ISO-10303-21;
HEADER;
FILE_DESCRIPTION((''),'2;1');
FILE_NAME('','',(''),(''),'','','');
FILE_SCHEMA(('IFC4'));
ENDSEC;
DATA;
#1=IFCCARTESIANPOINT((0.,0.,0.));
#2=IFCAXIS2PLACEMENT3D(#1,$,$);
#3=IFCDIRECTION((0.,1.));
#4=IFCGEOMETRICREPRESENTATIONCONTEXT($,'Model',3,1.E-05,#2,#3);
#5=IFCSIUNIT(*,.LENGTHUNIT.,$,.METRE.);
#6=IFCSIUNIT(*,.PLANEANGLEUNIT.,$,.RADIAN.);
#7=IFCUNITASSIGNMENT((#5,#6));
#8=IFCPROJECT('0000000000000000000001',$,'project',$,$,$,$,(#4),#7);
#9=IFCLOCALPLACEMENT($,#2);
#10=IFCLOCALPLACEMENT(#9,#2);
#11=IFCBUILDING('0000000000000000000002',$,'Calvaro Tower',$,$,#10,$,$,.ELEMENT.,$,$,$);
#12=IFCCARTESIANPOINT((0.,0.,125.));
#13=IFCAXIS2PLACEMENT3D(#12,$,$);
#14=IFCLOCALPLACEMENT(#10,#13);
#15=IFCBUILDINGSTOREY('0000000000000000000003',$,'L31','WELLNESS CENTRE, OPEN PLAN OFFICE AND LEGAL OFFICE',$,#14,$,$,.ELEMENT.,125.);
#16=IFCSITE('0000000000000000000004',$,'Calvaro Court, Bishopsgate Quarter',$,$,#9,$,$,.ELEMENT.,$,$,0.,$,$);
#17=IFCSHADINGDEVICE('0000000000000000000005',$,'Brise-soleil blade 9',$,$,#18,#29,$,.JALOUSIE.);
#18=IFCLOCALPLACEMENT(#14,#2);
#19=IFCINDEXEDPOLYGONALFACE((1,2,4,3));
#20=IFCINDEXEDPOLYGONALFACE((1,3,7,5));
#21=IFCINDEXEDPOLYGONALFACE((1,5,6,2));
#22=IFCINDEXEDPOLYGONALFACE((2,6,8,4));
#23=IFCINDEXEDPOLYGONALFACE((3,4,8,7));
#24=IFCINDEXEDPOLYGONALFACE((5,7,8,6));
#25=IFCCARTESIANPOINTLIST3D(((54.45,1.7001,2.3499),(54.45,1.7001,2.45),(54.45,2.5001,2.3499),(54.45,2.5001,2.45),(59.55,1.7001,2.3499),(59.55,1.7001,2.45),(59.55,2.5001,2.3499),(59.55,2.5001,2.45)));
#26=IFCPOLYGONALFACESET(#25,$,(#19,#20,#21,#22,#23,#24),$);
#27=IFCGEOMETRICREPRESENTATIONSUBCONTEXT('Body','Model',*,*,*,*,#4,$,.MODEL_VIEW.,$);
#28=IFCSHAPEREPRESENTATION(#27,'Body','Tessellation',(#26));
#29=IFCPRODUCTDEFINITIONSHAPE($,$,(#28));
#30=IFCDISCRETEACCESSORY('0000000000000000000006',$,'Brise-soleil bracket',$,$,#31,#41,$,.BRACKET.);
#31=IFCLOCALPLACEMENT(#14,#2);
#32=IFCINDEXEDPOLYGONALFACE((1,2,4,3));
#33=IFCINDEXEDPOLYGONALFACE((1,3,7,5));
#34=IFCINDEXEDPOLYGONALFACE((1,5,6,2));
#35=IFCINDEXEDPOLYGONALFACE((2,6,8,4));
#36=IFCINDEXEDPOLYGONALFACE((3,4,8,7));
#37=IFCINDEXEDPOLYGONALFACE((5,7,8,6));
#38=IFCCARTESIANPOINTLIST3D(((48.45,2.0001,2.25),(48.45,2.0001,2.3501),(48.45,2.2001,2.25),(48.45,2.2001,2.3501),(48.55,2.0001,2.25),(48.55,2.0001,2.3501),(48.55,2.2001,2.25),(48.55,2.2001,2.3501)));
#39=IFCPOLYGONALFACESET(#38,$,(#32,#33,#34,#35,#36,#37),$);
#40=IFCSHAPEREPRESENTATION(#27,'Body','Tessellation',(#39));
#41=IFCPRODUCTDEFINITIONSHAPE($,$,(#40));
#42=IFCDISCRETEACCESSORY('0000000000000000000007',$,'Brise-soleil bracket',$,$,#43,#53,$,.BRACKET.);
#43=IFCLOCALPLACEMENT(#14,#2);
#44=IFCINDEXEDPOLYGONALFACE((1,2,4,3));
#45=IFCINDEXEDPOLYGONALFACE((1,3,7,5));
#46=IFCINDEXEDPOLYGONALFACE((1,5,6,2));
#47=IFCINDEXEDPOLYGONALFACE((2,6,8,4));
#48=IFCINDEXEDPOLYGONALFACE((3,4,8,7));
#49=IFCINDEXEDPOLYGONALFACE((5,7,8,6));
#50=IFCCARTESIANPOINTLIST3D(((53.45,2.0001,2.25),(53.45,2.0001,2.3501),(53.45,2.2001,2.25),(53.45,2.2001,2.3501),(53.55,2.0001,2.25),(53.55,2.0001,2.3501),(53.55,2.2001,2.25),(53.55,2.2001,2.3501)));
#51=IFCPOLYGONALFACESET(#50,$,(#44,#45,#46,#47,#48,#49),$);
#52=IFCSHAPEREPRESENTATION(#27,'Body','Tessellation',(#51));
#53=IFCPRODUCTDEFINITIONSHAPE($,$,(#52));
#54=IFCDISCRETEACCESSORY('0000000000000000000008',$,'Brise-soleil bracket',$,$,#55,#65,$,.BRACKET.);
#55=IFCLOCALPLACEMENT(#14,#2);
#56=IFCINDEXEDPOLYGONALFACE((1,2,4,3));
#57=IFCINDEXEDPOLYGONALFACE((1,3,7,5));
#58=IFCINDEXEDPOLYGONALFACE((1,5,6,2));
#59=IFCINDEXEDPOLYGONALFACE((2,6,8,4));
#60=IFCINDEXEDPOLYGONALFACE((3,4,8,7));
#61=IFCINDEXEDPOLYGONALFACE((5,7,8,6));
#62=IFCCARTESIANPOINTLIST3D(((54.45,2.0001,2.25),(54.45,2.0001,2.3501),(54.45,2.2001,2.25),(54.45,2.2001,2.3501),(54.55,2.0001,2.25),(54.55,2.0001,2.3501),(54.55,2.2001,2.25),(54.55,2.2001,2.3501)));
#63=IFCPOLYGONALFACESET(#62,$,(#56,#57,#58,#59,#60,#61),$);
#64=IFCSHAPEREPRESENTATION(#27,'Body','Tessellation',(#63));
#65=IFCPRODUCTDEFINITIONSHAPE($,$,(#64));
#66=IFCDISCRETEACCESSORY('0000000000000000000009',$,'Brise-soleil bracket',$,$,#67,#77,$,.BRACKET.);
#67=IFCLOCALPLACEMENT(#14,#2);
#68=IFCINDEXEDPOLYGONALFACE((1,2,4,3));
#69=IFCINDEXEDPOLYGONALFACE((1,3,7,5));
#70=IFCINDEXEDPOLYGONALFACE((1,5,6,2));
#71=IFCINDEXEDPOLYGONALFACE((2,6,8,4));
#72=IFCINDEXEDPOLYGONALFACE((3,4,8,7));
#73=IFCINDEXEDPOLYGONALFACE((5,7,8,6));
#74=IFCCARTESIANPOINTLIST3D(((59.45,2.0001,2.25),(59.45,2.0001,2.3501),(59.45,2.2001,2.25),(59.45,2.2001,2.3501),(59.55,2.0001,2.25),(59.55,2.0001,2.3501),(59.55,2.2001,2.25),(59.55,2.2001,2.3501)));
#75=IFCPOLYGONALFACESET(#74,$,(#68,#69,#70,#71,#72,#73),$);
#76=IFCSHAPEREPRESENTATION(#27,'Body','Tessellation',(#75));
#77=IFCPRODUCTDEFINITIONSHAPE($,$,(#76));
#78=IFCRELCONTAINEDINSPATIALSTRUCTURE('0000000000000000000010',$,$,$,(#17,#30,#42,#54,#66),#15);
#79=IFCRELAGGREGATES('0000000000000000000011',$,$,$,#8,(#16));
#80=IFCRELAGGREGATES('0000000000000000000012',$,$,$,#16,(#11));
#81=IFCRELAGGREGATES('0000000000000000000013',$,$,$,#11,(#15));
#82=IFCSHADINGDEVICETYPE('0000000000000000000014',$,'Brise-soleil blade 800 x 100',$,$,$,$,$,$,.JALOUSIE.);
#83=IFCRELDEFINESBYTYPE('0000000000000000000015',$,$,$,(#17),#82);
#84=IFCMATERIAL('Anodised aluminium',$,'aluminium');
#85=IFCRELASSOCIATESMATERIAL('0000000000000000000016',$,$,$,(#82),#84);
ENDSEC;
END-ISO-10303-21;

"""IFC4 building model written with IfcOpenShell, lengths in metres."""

from ifc_helpers import new_model, si_unit, direction, frame, origin, origin_2d, place, context, subcontext, project, spatial, rectangle, extrude, material, material_profile, profile_set, type_object, element, save


model = new_model("IFC4")

# Units and contexts
model_context = context("Model", 3, precision=1e-05, world=origin(), true_north=direction((0.0, 1.0)))
body_context = subcontext(model_context, "Body", "Model", "MODEL_VIEW")
ifc_project = project(units=[si_unit("LENGTHUNIT", "METRE"), si_unit("PLANEANGLEUNIT", "RADIAN")], contexts=[model_context])

# Site, building, storey
site_placement = place(None, origin())
site = spatial("IfcSite", under=ifc_project, at=site_placement, Name="Calvaro Court, Bishopsgate Quarter", CompositionType="ELEMENT", RefElevation=0.0)
building_placement = place(site_placement, origin())
building = spatial("IfcBuilding", under=site, at=building_placement, Name="Calvaro Tower", CompositionType="ELEMENT")
storey_placement = place(building_placement, frame((0.0, 0.0, 125.0)))
storey = spatial("IfcBuildingStorey", under=building, at=storey_placement, Name="L31", Description="WELLNESS CENTRE, OPEN PLAN OFFICE AND LEGAL OFFICE", CompositionType="ELEMENT", Elevation=125.0)

# Shading device
ifc_material_1 = material(Name="Anodised aluminium", Category="aluminium")
ifc_material_profile_1 = material_profile(ifc_material_1, rectangle(XDim=0.8, YDim=0.1001, at=origin_2d()), Name="Brise-soleil blade 800 x 100")
ifc_profile_set_1 = profile_set([ifc_material_profile_1], Name="Anodised aluminium")
shading_device_type = type_object("IfcShadingDeviceType", Name="Brise-soleil blade 800 x 100", PredefinedType="JALOUSIE", material=ifc_profile_set_1)
shading_device_placement = place(storey_placement, frame((54.45, 2.1001, 2.3999), z_axis=(1.0, 0.0, 0.0), x_axis=(0.0, 1.0, 0.0)))
element("IfcShadingDevice", 1, at=shading_device_placement, inside=storey, type_object=shading_device_type, Name="Brise-soleil blade 9", PredefinedType="JALOUSIE", context=body_context, shape_type="SweptSolid", body=[
    extrude(rectangle(XDim=0.8, YDim=0.1001, at=origin_2d()), origin(), (0.0, 0.0, 1.0), 5.1001),
])

# Discrete accessories
for number, where, z_axis, x_axis, name in (
    (2, (48.5, 2.1001, 2.25), (0.0, 0.0, 1.0), (1.0, 0.0, 0.0), "Brise-soleil bracket"),
    (3, (53.5, 2.1001, 2.25), (0.0, 0.0, 1.0), (1.0, 0.0, 0.0), "Brise-soleil bracket"),
    (4, (54.5, 2.1001, 2.25), (0.0, 0.0, 1.0), (1.0, 0.0, 0.0), "Brise-soleil bracket"),
    (5, (59.5, 2.1001, 2.25), (0.0, 0.0, 1.0), (1.0, 0.0, 0.0), "Brise-soleil bracket"),
):
    element("IfcDiscreteAccessory", number, at=place(storey_placement, frame(where, z_axis=z_axis, x_axis=x_axis)), inside=storey, Name=name, PredefinedType="BRACKET", context=body_context, shape_type="SweptSolid", body=[
        extrude(rectangle(XDim=0.1001, YDim=0.2, at=origin_2d()), origin(), (0.0, 0.0, 1.0), 0.1001),
    ])

save(model, "model.ifc")
